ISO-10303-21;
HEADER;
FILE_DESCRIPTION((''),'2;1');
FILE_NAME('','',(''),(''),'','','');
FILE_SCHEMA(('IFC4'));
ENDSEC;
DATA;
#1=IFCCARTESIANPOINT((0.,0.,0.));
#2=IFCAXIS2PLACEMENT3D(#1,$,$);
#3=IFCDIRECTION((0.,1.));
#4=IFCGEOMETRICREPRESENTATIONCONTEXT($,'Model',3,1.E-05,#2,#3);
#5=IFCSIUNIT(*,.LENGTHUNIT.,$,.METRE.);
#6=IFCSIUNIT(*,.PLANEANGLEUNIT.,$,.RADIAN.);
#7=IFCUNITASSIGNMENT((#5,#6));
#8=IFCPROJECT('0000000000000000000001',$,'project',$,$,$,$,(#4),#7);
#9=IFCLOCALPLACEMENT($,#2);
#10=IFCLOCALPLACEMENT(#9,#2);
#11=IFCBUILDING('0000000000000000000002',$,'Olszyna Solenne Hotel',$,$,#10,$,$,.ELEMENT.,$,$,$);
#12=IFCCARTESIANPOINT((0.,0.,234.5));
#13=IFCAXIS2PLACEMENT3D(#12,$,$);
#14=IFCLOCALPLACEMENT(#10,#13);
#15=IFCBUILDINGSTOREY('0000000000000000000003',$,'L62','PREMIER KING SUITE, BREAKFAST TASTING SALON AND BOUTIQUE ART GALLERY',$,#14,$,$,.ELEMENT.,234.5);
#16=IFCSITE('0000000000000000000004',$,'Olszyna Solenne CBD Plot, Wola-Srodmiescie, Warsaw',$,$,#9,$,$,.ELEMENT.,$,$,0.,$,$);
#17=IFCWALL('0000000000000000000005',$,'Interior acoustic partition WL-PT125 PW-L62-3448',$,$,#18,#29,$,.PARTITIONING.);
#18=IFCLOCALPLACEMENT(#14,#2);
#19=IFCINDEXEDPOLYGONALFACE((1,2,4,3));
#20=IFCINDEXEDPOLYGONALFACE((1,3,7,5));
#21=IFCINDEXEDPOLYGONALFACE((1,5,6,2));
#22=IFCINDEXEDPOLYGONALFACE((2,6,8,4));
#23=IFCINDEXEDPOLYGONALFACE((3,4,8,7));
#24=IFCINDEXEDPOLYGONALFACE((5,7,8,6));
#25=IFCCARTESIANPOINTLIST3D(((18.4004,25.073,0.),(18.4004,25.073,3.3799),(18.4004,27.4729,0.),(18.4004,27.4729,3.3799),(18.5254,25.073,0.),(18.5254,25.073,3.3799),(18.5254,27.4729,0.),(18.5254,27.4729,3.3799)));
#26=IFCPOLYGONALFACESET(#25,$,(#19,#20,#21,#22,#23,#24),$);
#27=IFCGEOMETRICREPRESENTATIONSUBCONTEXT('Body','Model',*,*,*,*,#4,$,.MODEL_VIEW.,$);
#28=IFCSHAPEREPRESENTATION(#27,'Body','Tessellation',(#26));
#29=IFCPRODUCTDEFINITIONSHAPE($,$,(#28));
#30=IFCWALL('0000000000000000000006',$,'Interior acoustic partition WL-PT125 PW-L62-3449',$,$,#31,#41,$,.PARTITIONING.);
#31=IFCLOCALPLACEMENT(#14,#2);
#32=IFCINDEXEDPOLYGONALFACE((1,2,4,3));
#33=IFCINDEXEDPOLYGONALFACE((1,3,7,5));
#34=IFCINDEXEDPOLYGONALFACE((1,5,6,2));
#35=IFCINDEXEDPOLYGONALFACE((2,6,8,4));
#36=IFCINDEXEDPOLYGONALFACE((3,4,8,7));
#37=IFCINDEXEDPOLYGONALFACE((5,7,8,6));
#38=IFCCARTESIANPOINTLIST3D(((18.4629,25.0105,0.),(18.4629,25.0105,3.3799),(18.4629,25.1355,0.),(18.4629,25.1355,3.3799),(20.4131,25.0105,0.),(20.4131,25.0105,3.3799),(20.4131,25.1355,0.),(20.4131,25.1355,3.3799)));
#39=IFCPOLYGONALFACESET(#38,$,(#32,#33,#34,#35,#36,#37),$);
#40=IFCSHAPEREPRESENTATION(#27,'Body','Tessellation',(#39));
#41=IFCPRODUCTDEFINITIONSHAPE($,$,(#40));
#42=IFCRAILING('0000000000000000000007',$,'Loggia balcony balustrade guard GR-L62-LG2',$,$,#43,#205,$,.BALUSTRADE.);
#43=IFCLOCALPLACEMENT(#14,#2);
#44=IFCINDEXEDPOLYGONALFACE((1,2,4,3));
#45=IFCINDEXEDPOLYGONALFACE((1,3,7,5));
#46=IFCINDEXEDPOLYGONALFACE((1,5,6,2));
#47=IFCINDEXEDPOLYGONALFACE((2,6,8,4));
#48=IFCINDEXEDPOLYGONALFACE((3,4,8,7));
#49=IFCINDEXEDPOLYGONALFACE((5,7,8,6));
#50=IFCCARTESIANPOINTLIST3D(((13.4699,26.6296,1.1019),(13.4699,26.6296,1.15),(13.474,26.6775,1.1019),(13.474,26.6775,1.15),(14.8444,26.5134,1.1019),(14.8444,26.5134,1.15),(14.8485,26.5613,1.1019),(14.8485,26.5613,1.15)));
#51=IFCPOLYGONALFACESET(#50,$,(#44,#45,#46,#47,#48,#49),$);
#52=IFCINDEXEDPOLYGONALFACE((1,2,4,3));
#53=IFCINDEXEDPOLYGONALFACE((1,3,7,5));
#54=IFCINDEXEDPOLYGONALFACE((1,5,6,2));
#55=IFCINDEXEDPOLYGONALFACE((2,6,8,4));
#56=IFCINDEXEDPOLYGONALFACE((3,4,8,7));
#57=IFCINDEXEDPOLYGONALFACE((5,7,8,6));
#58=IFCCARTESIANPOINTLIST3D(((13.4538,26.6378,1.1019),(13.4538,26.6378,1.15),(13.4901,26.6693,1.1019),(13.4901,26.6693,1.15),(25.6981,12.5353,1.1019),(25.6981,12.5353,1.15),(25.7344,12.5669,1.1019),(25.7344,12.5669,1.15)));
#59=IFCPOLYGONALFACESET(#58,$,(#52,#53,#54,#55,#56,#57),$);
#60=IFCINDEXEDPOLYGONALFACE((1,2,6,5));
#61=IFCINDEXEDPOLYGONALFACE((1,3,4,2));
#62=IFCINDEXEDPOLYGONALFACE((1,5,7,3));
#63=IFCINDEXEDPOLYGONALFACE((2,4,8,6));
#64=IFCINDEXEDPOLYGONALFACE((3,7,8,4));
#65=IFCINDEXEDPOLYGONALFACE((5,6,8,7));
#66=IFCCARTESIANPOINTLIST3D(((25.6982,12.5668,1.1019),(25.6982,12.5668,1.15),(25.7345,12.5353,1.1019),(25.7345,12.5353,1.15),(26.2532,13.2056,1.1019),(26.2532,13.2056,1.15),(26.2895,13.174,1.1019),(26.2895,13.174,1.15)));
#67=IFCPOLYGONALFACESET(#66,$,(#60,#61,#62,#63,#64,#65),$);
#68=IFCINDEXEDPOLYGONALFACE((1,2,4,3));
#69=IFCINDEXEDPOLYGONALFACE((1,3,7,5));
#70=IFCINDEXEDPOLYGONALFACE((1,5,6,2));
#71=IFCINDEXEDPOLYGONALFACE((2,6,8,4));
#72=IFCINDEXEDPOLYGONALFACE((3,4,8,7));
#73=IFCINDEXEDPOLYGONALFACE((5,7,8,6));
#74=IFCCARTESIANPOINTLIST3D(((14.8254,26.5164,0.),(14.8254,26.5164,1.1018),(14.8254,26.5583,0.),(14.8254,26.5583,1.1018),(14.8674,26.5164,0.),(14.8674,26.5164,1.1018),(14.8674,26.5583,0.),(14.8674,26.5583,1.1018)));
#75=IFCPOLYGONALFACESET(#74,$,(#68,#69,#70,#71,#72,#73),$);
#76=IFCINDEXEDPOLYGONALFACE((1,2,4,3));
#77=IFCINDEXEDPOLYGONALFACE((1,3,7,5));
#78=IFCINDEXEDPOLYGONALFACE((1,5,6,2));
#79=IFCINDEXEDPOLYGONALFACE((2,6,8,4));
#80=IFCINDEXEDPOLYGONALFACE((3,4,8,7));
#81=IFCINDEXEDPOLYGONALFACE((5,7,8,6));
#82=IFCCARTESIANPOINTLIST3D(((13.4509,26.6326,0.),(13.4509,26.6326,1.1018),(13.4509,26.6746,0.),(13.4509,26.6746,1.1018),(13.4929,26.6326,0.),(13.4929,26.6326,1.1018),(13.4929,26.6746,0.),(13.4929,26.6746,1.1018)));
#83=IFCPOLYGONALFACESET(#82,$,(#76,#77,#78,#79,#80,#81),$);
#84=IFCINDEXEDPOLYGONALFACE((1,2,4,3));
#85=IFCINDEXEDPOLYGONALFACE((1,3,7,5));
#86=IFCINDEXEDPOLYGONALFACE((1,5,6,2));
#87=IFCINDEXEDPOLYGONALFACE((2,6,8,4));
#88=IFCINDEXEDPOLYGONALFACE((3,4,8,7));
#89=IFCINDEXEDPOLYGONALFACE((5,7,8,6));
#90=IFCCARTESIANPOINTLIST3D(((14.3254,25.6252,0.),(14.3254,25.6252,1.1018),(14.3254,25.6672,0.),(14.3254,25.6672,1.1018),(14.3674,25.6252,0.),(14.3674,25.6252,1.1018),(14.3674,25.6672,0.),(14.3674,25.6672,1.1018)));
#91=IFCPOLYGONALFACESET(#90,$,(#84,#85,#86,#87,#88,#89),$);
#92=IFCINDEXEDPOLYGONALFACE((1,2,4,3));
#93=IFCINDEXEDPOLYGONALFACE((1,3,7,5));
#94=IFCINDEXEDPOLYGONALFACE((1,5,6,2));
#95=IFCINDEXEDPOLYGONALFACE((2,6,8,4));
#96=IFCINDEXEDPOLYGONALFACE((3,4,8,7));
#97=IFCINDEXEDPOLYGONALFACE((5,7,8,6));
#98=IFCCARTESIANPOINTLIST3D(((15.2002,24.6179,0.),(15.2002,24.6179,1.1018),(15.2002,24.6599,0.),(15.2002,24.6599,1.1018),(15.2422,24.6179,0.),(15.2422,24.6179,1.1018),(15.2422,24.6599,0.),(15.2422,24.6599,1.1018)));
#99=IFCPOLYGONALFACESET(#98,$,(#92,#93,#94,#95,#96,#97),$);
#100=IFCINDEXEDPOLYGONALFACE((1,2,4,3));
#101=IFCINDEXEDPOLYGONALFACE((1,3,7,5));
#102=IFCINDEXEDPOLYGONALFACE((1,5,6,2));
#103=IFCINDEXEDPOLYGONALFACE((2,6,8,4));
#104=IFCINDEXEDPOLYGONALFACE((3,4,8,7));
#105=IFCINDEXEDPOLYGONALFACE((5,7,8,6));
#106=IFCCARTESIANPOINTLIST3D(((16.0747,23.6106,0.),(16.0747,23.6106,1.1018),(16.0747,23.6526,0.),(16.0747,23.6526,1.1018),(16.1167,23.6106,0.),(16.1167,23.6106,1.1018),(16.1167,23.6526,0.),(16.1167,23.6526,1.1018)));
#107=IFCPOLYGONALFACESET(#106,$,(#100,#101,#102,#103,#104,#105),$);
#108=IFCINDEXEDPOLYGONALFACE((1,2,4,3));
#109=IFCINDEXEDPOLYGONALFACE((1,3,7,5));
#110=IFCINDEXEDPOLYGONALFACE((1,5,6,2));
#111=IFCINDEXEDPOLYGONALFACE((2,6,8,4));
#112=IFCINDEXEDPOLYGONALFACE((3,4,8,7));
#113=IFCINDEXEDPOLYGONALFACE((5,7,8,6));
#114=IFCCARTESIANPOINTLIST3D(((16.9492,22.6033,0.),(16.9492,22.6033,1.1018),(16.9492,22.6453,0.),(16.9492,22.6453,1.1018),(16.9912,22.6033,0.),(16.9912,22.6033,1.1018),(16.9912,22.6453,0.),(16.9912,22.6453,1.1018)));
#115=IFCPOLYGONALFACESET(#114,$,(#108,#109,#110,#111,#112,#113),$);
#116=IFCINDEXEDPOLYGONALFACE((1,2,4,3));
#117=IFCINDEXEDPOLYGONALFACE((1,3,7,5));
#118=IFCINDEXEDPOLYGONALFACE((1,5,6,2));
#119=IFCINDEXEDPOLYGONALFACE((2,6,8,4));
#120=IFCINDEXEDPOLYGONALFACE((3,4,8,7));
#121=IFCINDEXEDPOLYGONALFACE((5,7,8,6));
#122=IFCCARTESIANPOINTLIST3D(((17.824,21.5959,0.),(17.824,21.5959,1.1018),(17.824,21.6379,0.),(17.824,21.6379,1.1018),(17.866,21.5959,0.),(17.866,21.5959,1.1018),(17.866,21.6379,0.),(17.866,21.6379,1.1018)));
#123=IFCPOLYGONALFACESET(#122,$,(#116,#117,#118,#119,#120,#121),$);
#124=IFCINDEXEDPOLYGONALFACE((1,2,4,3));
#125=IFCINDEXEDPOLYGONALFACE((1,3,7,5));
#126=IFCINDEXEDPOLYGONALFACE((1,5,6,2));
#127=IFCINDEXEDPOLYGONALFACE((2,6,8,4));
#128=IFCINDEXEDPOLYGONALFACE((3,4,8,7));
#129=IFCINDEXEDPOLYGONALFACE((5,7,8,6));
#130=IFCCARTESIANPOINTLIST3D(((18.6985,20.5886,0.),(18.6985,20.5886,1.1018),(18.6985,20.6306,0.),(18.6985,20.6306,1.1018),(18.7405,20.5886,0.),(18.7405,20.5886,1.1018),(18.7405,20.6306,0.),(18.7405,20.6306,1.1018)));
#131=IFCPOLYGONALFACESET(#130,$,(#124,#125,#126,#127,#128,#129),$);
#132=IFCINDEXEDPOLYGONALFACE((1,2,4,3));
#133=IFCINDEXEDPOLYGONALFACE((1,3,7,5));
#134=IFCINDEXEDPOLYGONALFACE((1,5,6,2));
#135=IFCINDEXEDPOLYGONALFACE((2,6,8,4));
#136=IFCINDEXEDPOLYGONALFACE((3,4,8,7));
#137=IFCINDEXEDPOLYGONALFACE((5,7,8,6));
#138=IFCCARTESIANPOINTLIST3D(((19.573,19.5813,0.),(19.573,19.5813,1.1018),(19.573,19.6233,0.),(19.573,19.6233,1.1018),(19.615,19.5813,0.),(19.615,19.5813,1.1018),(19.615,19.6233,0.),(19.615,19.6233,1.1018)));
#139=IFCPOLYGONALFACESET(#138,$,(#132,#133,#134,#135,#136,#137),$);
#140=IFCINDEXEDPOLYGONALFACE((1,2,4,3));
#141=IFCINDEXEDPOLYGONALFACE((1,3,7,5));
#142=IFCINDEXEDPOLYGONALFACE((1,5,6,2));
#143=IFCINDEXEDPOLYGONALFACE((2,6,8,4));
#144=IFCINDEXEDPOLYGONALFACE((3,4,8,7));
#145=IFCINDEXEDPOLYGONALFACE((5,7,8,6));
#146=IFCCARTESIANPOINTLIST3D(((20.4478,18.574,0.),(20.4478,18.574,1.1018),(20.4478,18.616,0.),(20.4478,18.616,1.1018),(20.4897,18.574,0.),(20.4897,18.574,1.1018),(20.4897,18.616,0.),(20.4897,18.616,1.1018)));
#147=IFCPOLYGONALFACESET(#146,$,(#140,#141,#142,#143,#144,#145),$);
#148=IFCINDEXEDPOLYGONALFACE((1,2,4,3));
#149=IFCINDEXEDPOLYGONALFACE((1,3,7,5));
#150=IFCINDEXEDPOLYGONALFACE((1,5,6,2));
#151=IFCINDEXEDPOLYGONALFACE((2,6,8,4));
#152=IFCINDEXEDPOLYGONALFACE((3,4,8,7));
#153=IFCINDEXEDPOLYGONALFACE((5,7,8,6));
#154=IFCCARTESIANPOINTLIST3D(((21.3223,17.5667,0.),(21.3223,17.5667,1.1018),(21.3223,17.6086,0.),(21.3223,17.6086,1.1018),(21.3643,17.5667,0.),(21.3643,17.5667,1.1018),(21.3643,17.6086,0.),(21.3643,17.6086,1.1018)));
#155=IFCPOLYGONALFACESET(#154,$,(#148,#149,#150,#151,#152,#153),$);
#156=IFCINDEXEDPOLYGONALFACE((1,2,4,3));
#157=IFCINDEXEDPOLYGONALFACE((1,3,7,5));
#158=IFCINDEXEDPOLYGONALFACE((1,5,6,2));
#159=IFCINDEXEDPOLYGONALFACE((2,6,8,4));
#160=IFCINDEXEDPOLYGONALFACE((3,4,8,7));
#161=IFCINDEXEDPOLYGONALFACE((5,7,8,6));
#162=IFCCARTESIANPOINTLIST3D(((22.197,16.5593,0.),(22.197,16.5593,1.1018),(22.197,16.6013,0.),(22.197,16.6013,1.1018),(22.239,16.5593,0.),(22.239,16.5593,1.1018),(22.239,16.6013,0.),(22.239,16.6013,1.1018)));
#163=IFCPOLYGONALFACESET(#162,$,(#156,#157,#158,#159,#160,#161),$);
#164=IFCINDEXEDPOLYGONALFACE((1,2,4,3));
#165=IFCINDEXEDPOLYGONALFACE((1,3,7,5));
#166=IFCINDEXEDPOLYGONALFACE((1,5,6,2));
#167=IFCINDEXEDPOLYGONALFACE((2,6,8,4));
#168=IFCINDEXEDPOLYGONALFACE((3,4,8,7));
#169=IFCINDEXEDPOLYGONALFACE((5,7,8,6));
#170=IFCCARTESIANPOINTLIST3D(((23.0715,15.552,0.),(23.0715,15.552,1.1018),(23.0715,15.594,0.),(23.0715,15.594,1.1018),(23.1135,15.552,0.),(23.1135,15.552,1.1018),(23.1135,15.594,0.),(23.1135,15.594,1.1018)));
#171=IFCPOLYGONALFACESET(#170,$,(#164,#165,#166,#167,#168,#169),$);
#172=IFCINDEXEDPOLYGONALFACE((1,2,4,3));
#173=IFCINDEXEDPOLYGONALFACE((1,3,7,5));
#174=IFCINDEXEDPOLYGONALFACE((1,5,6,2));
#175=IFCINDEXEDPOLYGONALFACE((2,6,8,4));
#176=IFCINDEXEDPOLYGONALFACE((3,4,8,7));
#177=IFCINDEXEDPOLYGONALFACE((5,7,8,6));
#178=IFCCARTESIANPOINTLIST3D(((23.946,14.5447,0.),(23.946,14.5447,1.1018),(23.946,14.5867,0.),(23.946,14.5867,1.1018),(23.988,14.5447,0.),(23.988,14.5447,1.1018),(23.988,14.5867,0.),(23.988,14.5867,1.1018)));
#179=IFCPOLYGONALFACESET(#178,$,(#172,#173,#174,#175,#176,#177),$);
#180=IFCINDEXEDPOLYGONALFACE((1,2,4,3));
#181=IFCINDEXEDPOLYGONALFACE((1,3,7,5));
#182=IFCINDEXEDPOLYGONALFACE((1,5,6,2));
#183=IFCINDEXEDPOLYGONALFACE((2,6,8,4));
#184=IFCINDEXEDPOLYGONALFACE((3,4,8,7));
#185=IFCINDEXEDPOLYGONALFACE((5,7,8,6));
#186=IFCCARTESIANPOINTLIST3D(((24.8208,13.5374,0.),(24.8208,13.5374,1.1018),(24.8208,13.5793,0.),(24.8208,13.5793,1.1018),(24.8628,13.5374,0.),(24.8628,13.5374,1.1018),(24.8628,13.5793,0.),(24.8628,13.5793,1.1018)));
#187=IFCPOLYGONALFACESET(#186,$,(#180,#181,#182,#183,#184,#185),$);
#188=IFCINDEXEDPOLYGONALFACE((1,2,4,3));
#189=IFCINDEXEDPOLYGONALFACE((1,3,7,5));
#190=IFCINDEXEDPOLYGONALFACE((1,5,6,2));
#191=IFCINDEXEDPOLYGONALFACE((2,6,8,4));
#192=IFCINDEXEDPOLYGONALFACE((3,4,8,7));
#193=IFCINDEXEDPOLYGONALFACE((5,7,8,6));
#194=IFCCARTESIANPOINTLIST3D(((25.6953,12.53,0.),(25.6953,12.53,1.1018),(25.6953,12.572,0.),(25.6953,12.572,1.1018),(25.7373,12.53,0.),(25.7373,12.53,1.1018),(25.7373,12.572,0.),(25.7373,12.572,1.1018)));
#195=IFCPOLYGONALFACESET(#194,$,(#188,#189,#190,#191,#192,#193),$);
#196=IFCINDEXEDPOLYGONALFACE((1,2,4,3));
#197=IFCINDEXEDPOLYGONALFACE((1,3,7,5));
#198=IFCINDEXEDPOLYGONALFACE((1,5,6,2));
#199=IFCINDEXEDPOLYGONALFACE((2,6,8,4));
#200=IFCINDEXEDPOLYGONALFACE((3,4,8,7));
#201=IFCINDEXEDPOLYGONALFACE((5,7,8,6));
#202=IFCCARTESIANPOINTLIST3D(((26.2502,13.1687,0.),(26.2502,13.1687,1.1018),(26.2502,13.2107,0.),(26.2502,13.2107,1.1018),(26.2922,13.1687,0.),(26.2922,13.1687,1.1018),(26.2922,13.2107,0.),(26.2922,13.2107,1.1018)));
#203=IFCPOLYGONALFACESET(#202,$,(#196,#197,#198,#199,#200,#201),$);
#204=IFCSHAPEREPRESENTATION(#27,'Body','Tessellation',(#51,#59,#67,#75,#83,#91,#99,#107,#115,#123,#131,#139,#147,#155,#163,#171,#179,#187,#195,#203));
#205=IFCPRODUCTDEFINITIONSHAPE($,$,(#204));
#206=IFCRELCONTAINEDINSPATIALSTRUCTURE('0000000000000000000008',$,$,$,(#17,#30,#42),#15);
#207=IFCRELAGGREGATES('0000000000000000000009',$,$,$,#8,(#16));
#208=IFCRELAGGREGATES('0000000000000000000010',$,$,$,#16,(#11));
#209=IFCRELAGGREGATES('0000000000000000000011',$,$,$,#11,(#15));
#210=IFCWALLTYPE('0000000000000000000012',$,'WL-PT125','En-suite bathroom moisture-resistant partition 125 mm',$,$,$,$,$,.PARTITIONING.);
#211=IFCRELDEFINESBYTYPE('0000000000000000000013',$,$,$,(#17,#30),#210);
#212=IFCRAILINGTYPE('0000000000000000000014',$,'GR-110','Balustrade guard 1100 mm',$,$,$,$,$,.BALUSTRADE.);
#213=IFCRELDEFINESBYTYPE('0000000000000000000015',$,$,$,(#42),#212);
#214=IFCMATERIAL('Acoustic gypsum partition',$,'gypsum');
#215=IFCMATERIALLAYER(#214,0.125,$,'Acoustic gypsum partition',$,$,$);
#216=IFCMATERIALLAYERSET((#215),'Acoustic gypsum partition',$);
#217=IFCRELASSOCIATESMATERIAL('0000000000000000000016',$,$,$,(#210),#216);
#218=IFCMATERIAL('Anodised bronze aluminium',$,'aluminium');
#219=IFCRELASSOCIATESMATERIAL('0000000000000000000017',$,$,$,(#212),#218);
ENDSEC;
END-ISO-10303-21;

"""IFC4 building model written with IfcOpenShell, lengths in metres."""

from ifc_helpers import new_model, si_unit, direction, frame, frame_2d, origin, origin_2d, place, context, subcontext, project, spatial, rectangle, extrude, material, layer, layer_set, type_object, element, save


model = new_model("IFC4")

# Units and contexts
model_context = context("Model", 3, precision=1e-05, world=origin(), true_north=direction((0.0, 1.0)))
body_context = subcontext(model_context, "Body", "Model", "MODEL_VIEW")
ifc_project = project(units=[si_unit("LENGTHUNIT", "METRE"), si_unit("PLANEANGLEUNIT", "RADIAN")], contexts=[model_context])

# Site, building, storey
site_placement = place(None, origin())
site = spatial("IfcSite", under=ifc_project, at=site_placement, Name="Olszyna Solenne CBD Plot, Wola-Srodmiescie, Warsaw", CompositionType="ELEMENT", RefElevation=0.0)
building_placement = place(site_placement, origin())
building = spatial("IfcBuilding", under=site, at=building_placement, Name="Olszyna Solenne Hotel", CompositionType="ELEMENT")
storey_placement = place(building_placement, frame((0.0, 0.0, 234.5)))
storey = spatial("IfcBuildingStorey", under=building, at=storey_placement, Name="L62", Description="PREMIER KING SUITE, BREAKFAST TASTING SALON AND BOUTIQUE ART GALLERY", CompositionType="ELEMENT", Elevation=234.5)

# Shared definitions
ifc_material_1 = material(Name="Acoustic gypsum partition", Category="gypsum")
ifc_layer_1 = layer(ifc_material_1, 0.125, Name="Acoustic gypsum partition")
ifc_layer_set_1 = layer_set([ifc_layer_1], Name="Acoustic gypsum partition")
wall_type_1 = type_object("IfcWallType", Name="WL-PT125", Description="En-suite bathroom moisture-resistant partition 125 mm", PredefinedType="PARTITIONING", material=ifc_layer_set_1)

# Walls
wall_1_placement = place(storey_placement, frame((18.4629, 27.4729, 0.0), z_axis=(0.0, 0.0, 1.0), x_axis=(0.0, -1.0, 0.0)))
element("IfcWall", 1, at=wall_1_placement, inside=storey, type_object=wall_type_1, Name="Interior acoustic partition WL-PT125 PW-L62-3448", PredefinedType="PARTITIONING", context=body_context, shape_type="SweptSolid", body=[
    extrude(rectangle(XDim=2.3999, YDim=0.125, at=frame_2d((1.2, 0.0))), origin(), (0.0, 0.0, 1.0), 3.3799),
])
wall_2_placement = place(storey_placement, frame((18.4629, 25.073, 0.0), z_axis=(0.0, 0.0, 1.0), x_axis=(1.0, 0.0, 0.0)))
element("IfcWall", 2, at=wall_2_placement, inside=storey, type_object=wall_type_1, Name="Interior acoustic partition WL-PT125 PW-L62-3449", PredefinedType="PARTITIONING", context=body_context, shape_type="SweptSolid", body=[
    extrude(rectangle(XDim=1.9502, YDim=0.125, at=frame_2d((0.9751, 0.0))), origin(), (0.0, 0.0, 1.0), 3.3799),
])

# Railing
ifc_material_2 = material(Name="Anodised bronze aluminium", Category="aluminium")
railing_type = type_object("IfcRailingType", Name="GR-110", Description="Balustrade guard 1100 mm", PredefinedType="BALUSTRADE", material=ifc_material_2)
railing_placement = place(storey_placement, frame((14.8464, 26.5374, 0.0)))
element("IfcRailing", 3, at=railing_placement, inside=storey, type_object=railing_type, Name="Loggia balcony balustrade guard GR-L62-LG2", PredefinedType="BALUSTRADE", context=body_context, shape_type="SweptSolid", body=[
    extrude(rectangle(XDim=0.0481, YDim=0.0481, at=origin_2d()), frame((0.0, 0.0, 1.126), z_axis=(-0.996445, 0.084246, 0.0), x_axis=(-0.084246, -0.996445, 0.0)), (0.0, 0.0, 1.0), 1.3794),
    extrude(rectangle(XDim=0.0481, YDim=0.0481, at=origin_2d()), frame((-1.3745, 0.1162, 1.126), z_axis=(0.655609, -0.755101, 0.0), x_axis=(0.755101, 0.655609, 0.0)), (0.0, 0.0, 1.0), 18.6763),
    extrude(rectangle(XDim=0.0481, YDim=0.0481, at=origin_2d()), frame((10.8699, -13.9863, 1.126), z_axis=(0.655886, 0.75486, 0.0), x_axis=(-0.75486, 0.655886, 0.0)), (0.0, 0.0, 1.0), 0.8462),
    extrude(rectangle(XDim=0.042, YDim=0.042, at=origin_2d()), origin(), (0.0, 0.0, 1.0), 1.1018),
    extrude(rectangle(XDim=0.042, YDim=0.042, at=origin_2d()), frame((-1.3745, 0.1162, 0.0)), (0.0, 0.0, 1.0), 1.1018),
    extrude(rectangle(XDim=0.042, YDim=0.042, at=origin_2d()), frame((-0.5, -0.8911, 0.0)), (0.0, 0.0, 1.0), 1.1018),
    extrude(rectangle(XDim=0.042, YDim=0.042, at=origin_2d()), frame((0.3748, -1.8984, 0.0)), (0.0, 0.0, 1.0), 1.1018),
    extrude(rectangle(XDim=0.042, YDim=0.042, at=origin_2d()), frame((1.2493, -2.9058, 0.0)), (0.0, 0.0, 1.0), 1.1018),
    extrude(rectangle(XDim=0.042, YDim=0.042, at=origin_2d()), frame((2.1238, -3.9131, 0.0)), (0.0, 0.0, 1.0), 1.1018),
    extrude(rectangle(XDim=0.042, YDim=0.042, at=origin_2d()), frame((2.9985, -4.9204, 0.0)), (0.0, 0.0, 1.0), 1.1018),
    extrude(rectangle(XDim=0.042, YDim=0.042, at=origin_2d()), frame((3.873, -5.9277, 0.0)), (0.0, 0.0, 1.0), 1.1018),
    extrude(rectangle(XDim=0.042, YDim=0.042, at=origin_2d()), frame((4.7476, -6.9351, 0.0)), (0.0, 0.0, 1.0), 1.1018),
    extrude(rectangle(XDim=0.042, YDim=0.042, at=origin_2d()), frame((5.6223, -7.9424, 0.0)), (0.0, 0.0, 1.0), 1.1018),
    extrude(rectangle(XDim=0.042, YDim=0.042, at=origin_2d()), frame((6.4968, -8.9497, 0.0)), (0.0, 0.0, 1.0), 1.1018),
    extrude(rectangle(XDim=0.042, YDim=0.042, at=origin_2d()), frame((7.3716, -9.957, 0.0)), (0.0, 0.0, 1.0), 1.1018),
    extrude(rectangle(XDim=0.042, YDim=0.042, at=origin_2d()), frame((8.2461, -10.9644, 0.0)), (0.0, 0.0, 1.0), 1.1018),
    extrude(rectangle(XDim=0.042, YDim=0.042, at=origin_2d()), frame((9.1206, -11.9717, 0.0)), (0.0, 0.0, 1.0), 1.1018),
    extrude(rectangle(XDim=0.042, YDim=0.042, at=origin_2d()), frame((9.9954, -12.979, 0.0)), (0.0, 0.0, 1.0), 1.1018),
    extrude(rectangle(XDim=0.042, YDim=0.042, at=origin_2d()), frame((10.8699, -13.9863, 0.0)), (0.0, 0.0, 1.0), 1.1018),
    extrude(rectangle(XDim=0.042, YDim=0.042, at=origin_2d()), frame((11.4248, -13.3477, 0.0)), (0.0, 0.0, 1.0), 1.1018),
])

save(model, "model.ifc")
